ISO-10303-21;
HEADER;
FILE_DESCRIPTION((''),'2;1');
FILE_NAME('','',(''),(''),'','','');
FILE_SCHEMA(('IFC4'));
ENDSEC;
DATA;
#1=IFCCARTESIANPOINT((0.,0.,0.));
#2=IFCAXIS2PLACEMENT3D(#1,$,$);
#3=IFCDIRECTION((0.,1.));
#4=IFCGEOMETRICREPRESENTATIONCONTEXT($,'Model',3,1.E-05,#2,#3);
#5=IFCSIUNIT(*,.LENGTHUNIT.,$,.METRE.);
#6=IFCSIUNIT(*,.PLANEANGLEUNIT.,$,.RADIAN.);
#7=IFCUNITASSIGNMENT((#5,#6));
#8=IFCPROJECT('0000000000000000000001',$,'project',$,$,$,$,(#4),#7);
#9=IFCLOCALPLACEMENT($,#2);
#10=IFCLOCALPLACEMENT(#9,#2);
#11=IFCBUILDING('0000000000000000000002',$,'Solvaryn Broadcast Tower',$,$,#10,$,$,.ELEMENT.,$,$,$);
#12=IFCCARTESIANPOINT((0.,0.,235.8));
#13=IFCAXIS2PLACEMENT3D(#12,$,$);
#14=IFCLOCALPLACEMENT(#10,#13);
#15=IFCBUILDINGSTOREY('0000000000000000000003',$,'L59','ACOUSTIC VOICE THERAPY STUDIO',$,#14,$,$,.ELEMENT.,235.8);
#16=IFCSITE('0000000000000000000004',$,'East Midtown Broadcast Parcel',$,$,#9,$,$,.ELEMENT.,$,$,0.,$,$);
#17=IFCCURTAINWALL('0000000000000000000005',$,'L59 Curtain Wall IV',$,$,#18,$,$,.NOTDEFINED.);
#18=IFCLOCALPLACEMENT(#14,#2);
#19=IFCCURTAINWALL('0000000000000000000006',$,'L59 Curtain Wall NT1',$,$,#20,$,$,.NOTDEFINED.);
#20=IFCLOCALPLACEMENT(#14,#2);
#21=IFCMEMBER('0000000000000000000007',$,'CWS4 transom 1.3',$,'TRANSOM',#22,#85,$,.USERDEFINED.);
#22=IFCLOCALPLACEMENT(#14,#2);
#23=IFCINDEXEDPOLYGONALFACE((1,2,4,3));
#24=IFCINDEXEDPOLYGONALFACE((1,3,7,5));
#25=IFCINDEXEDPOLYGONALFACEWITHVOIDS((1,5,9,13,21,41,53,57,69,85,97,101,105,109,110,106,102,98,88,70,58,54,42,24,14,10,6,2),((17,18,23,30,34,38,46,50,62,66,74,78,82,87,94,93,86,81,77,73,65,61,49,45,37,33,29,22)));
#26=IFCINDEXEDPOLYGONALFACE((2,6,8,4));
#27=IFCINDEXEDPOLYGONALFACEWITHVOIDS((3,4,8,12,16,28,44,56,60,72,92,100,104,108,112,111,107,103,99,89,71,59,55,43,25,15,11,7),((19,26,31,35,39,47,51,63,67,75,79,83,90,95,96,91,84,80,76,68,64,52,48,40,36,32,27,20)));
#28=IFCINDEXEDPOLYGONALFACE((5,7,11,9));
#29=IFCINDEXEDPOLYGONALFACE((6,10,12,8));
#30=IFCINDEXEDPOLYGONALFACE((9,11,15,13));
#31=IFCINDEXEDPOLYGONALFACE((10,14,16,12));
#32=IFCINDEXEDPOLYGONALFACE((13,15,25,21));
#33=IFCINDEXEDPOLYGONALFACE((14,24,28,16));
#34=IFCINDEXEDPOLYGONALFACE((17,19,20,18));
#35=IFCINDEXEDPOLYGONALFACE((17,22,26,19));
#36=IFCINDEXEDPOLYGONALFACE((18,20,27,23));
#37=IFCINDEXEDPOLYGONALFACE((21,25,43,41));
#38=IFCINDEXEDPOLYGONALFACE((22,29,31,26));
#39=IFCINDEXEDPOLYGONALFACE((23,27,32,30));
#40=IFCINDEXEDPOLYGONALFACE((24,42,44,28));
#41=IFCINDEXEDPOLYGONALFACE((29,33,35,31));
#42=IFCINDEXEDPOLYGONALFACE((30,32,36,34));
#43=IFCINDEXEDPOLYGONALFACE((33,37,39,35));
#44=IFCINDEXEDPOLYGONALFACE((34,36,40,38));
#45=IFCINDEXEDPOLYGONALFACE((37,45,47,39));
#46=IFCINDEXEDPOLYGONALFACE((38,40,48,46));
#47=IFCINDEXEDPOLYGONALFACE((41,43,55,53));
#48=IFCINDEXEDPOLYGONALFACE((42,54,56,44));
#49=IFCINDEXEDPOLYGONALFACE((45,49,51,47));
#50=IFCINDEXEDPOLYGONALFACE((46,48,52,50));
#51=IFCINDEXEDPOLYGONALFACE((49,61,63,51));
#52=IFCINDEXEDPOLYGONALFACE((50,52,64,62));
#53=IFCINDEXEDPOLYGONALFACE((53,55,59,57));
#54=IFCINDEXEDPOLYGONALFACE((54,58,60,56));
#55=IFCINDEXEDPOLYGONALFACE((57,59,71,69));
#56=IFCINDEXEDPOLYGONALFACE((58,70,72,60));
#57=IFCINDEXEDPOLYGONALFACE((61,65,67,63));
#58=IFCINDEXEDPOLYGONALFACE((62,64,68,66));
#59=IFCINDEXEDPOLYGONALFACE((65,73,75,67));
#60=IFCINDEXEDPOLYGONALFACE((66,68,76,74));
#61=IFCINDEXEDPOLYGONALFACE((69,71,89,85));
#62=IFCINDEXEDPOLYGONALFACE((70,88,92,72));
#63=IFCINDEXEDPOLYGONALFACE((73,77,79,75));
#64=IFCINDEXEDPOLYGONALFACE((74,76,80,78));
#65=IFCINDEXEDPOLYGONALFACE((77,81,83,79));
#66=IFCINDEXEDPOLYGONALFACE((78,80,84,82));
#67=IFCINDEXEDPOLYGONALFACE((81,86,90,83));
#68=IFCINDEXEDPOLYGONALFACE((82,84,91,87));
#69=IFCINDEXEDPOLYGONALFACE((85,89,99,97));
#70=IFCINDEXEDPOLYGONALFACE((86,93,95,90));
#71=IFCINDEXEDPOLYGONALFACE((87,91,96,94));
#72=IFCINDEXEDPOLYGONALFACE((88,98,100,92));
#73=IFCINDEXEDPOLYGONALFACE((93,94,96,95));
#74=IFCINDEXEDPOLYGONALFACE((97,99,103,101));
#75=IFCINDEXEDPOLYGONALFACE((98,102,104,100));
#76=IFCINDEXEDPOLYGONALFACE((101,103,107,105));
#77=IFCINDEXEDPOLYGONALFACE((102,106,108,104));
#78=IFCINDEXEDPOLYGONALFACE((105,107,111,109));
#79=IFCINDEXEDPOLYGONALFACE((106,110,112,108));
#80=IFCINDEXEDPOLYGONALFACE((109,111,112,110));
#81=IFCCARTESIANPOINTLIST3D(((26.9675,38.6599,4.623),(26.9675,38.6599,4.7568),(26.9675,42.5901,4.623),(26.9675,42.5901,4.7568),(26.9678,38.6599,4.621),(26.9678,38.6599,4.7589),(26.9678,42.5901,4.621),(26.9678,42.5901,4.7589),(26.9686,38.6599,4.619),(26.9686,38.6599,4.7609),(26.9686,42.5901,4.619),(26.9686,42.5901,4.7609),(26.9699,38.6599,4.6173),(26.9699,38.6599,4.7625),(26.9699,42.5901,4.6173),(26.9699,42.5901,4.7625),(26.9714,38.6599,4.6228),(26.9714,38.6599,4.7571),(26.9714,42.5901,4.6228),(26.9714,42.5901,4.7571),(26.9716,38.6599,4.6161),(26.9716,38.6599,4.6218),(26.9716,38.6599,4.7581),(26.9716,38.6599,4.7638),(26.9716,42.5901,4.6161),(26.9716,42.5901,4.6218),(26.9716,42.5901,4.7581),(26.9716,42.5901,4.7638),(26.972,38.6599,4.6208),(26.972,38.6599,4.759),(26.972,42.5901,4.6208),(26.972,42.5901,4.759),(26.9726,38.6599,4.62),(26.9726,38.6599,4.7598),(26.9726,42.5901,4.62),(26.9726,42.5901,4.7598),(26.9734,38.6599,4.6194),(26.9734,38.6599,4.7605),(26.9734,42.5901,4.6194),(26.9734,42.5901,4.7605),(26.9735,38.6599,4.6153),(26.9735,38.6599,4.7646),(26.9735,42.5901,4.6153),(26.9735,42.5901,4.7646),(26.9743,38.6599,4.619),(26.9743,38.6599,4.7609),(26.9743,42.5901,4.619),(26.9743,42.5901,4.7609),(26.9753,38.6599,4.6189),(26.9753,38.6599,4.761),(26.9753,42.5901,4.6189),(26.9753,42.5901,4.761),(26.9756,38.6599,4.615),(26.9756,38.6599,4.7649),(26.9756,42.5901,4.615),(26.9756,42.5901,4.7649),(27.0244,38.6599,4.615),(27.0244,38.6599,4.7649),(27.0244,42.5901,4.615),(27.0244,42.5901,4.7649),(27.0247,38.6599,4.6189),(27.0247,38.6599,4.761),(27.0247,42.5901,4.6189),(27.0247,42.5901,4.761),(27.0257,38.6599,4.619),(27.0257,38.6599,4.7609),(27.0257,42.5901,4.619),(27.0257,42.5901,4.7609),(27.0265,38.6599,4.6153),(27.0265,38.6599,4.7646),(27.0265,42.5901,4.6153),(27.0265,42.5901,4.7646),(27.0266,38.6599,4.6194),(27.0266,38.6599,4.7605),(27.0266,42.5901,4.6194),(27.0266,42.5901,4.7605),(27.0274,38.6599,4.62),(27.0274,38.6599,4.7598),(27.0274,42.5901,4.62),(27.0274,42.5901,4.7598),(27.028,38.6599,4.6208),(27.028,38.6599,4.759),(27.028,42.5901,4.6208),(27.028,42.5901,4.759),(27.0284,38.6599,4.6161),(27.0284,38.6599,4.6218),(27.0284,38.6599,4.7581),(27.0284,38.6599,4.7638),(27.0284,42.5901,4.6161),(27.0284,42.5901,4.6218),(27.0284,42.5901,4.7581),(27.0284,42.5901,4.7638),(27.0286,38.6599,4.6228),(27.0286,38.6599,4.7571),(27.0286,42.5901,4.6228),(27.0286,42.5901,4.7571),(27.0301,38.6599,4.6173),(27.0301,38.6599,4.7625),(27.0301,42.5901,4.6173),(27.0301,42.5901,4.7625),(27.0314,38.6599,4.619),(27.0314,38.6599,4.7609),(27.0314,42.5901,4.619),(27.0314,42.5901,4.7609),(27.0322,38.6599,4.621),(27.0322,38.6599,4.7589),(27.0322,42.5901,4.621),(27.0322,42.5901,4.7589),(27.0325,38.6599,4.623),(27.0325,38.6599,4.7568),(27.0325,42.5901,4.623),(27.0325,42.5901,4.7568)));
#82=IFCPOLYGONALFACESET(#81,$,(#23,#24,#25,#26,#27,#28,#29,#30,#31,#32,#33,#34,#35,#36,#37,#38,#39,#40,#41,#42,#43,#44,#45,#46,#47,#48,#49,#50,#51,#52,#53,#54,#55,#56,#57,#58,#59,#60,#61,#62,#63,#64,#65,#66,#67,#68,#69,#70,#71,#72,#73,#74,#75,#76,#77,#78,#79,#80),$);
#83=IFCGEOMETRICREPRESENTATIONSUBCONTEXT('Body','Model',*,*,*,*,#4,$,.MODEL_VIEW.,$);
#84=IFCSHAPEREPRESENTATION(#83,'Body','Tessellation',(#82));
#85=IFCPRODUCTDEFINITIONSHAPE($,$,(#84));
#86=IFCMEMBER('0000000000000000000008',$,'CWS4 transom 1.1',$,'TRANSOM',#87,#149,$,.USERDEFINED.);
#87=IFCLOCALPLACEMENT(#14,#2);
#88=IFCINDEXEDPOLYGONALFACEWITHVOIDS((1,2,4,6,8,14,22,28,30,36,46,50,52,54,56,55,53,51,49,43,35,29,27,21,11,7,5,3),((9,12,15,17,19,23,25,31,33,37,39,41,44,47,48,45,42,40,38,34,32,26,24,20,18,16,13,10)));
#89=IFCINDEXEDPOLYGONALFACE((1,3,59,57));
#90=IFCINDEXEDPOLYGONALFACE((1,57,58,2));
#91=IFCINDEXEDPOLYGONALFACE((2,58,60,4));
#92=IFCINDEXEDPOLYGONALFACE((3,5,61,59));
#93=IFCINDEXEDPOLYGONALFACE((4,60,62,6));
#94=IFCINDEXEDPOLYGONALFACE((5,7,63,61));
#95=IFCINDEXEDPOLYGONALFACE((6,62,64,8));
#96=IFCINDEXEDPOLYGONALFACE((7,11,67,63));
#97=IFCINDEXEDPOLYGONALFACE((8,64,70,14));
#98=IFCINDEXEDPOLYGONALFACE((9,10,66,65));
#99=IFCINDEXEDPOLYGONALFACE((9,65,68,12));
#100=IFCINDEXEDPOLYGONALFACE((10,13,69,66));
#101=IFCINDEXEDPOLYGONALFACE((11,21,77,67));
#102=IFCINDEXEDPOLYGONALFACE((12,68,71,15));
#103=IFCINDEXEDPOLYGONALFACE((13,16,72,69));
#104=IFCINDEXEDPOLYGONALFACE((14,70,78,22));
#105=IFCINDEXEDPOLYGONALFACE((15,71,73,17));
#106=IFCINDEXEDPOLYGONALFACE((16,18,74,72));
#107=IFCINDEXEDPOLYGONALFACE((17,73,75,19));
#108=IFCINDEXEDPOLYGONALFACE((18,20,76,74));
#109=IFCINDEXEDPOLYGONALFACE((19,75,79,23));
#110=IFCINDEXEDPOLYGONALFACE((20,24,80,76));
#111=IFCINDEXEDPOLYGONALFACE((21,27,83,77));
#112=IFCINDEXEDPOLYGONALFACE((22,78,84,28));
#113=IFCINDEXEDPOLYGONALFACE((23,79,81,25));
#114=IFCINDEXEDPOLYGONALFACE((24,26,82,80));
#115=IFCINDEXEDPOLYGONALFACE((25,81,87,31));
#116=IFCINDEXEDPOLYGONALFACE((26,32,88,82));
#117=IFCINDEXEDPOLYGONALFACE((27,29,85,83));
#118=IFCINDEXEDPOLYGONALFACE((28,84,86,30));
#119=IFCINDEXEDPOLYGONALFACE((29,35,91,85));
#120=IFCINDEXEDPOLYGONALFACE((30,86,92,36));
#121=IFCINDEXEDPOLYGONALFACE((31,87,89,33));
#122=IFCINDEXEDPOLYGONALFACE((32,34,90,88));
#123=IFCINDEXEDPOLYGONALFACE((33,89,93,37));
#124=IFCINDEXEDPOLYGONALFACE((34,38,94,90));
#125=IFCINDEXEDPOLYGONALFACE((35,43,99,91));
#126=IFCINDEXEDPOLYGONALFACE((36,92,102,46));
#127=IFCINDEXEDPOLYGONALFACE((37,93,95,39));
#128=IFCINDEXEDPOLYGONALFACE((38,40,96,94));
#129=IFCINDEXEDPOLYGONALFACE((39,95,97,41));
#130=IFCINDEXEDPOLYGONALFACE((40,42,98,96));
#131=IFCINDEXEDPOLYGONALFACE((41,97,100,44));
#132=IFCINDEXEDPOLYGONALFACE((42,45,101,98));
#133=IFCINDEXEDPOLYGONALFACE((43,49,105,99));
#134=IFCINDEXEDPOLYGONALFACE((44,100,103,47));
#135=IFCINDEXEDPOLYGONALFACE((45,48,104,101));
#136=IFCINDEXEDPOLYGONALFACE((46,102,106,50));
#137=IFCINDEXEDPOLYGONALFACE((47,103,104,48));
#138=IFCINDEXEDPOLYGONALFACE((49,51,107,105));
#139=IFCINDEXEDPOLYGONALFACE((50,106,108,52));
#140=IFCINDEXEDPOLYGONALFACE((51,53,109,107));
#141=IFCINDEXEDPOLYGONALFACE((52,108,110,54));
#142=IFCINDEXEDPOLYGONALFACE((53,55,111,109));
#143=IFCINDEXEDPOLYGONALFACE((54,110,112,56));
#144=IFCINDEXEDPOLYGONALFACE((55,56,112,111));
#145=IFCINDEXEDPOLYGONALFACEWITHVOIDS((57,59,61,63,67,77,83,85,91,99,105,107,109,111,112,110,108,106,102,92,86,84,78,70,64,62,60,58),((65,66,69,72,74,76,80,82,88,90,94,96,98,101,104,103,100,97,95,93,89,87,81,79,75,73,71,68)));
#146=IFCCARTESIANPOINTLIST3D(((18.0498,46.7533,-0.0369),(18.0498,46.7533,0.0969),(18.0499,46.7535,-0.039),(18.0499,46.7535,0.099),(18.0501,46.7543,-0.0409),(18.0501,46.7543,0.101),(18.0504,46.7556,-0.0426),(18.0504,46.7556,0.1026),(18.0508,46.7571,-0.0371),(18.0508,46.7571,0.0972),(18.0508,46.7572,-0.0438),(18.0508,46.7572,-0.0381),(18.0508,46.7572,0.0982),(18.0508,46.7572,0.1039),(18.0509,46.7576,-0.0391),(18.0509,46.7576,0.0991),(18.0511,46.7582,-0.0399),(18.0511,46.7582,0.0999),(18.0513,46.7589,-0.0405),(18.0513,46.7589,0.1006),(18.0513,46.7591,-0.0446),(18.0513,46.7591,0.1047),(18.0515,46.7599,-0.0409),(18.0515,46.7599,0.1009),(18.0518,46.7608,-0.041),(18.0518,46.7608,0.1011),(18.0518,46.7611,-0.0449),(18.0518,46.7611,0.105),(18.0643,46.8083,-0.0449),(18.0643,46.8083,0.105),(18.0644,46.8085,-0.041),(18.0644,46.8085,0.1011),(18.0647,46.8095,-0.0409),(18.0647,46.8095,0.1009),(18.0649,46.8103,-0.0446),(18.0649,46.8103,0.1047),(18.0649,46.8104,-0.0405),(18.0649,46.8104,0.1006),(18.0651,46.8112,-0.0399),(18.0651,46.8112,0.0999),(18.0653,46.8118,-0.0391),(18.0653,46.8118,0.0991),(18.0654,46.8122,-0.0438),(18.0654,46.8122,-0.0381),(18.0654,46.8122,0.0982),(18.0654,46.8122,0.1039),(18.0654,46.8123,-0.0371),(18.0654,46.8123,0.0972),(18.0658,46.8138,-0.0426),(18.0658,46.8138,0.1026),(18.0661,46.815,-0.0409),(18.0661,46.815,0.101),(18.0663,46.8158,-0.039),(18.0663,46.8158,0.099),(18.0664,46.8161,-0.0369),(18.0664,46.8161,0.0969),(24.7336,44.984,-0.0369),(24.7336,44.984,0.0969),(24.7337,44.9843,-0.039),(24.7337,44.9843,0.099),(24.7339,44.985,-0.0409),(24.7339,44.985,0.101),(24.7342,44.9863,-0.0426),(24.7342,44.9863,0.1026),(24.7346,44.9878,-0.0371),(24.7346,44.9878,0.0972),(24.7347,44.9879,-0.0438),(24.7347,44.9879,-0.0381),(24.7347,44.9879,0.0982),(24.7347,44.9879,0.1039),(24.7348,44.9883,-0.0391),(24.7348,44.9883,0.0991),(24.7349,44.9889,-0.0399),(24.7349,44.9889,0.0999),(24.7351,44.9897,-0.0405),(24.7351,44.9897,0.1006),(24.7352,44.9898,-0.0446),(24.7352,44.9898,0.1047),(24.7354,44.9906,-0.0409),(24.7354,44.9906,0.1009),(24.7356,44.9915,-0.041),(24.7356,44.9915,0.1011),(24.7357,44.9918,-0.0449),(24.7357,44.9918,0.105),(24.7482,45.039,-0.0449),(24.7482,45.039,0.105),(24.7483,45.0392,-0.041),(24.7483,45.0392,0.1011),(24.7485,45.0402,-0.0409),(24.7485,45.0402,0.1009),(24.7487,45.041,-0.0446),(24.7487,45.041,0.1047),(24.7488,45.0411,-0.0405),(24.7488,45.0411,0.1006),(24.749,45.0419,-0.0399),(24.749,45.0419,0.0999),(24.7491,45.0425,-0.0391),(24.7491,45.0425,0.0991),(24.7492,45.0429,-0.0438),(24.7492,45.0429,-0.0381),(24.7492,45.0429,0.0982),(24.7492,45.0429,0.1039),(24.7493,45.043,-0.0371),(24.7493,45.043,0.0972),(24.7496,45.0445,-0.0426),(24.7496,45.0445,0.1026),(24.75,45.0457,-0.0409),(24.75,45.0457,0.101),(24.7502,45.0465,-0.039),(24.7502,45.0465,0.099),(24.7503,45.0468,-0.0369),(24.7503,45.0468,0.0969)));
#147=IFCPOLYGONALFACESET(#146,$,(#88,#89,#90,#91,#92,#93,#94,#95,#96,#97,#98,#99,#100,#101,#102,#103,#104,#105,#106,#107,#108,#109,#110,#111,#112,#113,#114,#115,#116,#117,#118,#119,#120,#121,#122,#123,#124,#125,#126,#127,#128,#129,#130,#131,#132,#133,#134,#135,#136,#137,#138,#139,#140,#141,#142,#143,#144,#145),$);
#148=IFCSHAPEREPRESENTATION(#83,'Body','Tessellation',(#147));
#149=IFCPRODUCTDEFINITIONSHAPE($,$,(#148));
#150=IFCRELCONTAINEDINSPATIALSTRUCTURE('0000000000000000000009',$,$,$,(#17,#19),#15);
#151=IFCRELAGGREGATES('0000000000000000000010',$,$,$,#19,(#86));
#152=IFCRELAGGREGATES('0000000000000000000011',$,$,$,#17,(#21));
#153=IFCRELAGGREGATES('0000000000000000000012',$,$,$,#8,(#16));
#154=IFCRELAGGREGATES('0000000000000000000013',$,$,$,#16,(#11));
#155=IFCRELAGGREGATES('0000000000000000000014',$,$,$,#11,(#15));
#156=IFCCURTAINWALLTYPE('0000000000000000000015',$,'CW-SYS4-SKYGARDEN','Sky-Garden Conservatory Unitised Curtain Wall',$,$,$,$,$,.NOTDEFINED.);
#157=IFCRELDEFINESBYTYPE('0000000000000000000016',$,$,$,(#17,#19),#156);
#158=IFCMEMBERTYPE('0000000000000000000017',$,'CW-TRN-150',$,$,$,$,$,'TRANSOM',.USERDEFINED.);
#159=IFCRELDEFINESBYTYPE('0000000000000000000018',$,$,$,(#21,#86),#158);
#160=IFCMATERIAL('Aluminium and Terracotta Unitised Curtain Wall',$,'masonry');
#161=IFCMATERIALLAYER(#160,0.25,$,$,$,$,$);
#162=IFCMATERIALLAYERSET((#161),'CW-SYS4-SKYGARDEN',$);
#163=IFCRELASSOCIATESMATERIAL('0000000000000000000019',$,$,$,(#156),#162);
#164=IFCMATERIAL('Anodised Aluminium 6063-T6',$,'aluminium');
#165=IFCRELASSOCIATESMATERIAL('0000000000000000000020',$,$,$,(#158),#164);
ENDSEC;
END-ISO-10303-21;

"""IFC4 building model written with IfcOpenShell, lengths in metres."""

from ifc_helpers import new_model, si_unit, direction, frame, origin, origin_2d, place, context, subcontext, project, spatial, hollow_rectangle, extrude, material, layer, layer_set, material_profile, profile_set, type_object, element, aggregate, save


model = new_model("IFC4")

# Units and contexts
model_context = context("Model", 3, precision=1e-05, world=origin(), true_north=direction((0.0, 1.0)))
body_context = subcontext(model_context, "Body", "Model", "MODEL_VIEW")
ifc_project = project(units=[si_unit("LENGTHUNIT", "METRE"), si_unit("PLANEANGLEUNIT", "RADIAN")], contexts=[model_context])

# Site, building, storey
site_placement = place(None, origin())
site = spatial("IfcSite", under=ifc_project, at=site_placement, Name="East Midtown Broadcast Parcel", CompositionType="ELEMENT", RefElevation=0.0)
building_placement = place(site_placement, origin())
building = spatial("IfcBuilding", under=site, at=building_placement, Name="Solvaryn Broadcast Tower", CompositionType="ELEMENT")
storey_placement = place(building_placement, frame((0.0, 0.0, 235.8)))
storey = spatial("IfcBuildingStorey", under=building, at=storey_placement, Name="L59", Description="ACOUSTIC VOICE THERAPY STUDIO", CompositionType="ELEMENT", Elevation=235.8)

# Curtain wall
ifc_material_1 = material(Name="Aluminium and Terracotta Unitised Curtain Wall", Category="masonry")
ifc_layer_1 = layer(ifc_material_1, 0.25)
ifc_layer_set_1 = layer_set([ifc_layer_1], Name="CW-SYS4-SKYGARDEN")
curtain_wall_type = type_object("IfcCurtainWallType", Name="CW-SYS4-SKYGARDEN", Description="Sky-Garden Conservatory Unitised Curtain Wall", PredefinedType="NOTDEFINED", material=ifc_layer_set_1)
curtain_wall_1_placement = place(storey_placement, origin())
curtain_wall_1 = element("IfcCurtainWall", 1, at=curtain_wall_1_placement, inside=storey, type_object=curtain_wall_type, Name="L59 Curtain Wall IV", PredefinedType="NOTDEFINED")

# Curtain wall
curtain_wall_2_placement = place(storey_placement, origin())
curtain_wall_2 = element("IfcCurtainWall", 2, at=curtain_wall_2_placement, inside=storey, type_object=curtain_wall_type, Name="L59 Curtain Wall NT1", PredefinedType="NOTDEFINED")

# Members
ifc_material_2 = material(Name="Anodised Aluminium 6063-T6", Category="aluminium")
ifc_material_profile_1 = material_profile(ifc_material_2, hollow_rectangle(XDim=0.0649, YDim=0.1499, WallThickness=0.0039, InnerFilletRadius=0.0039, OuterFilletRadius=0.0081, at=origin_2d()))
ifc_profile_set_1 = profile_set([ifc_material_profile_1], Name="Anodised Aluminium 6063-T6")
member_type_1 = type_object("IfcMemberType", Name="CW-TRN-150", ElementType="TRANSOM", PredefinedType="USERDEFINED", material=ifc_profile_set_1)
member_1_placement = place(storey_placement, frame((27.0, 42.5901, 4.6899), z_axis=(0.0, -1.0, 0.0), x_axis=(1.0, 0.0, 0.0)))
member_1 = element("IfcMember", 3, at=member_1_placement, type_object=member_type_1, Name="CWS4 transom 1.3", ObjectType="TRANSOM", PredefinedType="USERDEFINED", context=body_context, shape_type="SweptSolid", body=[
    extrude(hollow_rectangle(XDim=0.0649, YDim=0.1499, WallThickness=0.0039, InnerFilletRadius=0.0039, OuterFilletRadius=0.0081, at=origin_2d()), origin(), (0.0, 0.0, 1.0), 3.9302),
])
member_2_placement = place(storey_placement, frame((24.7419, 45.0154, 0.03), z_axis=(-0.966704, 0.255897, 0.0), x_axis=(-0.255897, -0.966704, 0.0)))
member_2 = element("IfcMember", 4, at=member_2_placement, type_object=member_type_1, Name="CWS4 transom 1.1", ObjectType="TRANSOM", PredefinedType="USERDEFINED", context=body_context, shape_type="SweptSolid", body=[
    extrude(hollow_rectangle(XDim=0.0649, YDim=0.1499, WallThickness=0.0039, InnerFilletRadius=0.0039, OuterFilletRadius=0.0081, at=origin_2d()), origin(), (0.0, 0.0, 1.0), 6.9141),
])
aggregate(curtain_wall_2, [member_2])

aggregate(curtain_wall_1, [member_1])

save(model, "model.ifc")
